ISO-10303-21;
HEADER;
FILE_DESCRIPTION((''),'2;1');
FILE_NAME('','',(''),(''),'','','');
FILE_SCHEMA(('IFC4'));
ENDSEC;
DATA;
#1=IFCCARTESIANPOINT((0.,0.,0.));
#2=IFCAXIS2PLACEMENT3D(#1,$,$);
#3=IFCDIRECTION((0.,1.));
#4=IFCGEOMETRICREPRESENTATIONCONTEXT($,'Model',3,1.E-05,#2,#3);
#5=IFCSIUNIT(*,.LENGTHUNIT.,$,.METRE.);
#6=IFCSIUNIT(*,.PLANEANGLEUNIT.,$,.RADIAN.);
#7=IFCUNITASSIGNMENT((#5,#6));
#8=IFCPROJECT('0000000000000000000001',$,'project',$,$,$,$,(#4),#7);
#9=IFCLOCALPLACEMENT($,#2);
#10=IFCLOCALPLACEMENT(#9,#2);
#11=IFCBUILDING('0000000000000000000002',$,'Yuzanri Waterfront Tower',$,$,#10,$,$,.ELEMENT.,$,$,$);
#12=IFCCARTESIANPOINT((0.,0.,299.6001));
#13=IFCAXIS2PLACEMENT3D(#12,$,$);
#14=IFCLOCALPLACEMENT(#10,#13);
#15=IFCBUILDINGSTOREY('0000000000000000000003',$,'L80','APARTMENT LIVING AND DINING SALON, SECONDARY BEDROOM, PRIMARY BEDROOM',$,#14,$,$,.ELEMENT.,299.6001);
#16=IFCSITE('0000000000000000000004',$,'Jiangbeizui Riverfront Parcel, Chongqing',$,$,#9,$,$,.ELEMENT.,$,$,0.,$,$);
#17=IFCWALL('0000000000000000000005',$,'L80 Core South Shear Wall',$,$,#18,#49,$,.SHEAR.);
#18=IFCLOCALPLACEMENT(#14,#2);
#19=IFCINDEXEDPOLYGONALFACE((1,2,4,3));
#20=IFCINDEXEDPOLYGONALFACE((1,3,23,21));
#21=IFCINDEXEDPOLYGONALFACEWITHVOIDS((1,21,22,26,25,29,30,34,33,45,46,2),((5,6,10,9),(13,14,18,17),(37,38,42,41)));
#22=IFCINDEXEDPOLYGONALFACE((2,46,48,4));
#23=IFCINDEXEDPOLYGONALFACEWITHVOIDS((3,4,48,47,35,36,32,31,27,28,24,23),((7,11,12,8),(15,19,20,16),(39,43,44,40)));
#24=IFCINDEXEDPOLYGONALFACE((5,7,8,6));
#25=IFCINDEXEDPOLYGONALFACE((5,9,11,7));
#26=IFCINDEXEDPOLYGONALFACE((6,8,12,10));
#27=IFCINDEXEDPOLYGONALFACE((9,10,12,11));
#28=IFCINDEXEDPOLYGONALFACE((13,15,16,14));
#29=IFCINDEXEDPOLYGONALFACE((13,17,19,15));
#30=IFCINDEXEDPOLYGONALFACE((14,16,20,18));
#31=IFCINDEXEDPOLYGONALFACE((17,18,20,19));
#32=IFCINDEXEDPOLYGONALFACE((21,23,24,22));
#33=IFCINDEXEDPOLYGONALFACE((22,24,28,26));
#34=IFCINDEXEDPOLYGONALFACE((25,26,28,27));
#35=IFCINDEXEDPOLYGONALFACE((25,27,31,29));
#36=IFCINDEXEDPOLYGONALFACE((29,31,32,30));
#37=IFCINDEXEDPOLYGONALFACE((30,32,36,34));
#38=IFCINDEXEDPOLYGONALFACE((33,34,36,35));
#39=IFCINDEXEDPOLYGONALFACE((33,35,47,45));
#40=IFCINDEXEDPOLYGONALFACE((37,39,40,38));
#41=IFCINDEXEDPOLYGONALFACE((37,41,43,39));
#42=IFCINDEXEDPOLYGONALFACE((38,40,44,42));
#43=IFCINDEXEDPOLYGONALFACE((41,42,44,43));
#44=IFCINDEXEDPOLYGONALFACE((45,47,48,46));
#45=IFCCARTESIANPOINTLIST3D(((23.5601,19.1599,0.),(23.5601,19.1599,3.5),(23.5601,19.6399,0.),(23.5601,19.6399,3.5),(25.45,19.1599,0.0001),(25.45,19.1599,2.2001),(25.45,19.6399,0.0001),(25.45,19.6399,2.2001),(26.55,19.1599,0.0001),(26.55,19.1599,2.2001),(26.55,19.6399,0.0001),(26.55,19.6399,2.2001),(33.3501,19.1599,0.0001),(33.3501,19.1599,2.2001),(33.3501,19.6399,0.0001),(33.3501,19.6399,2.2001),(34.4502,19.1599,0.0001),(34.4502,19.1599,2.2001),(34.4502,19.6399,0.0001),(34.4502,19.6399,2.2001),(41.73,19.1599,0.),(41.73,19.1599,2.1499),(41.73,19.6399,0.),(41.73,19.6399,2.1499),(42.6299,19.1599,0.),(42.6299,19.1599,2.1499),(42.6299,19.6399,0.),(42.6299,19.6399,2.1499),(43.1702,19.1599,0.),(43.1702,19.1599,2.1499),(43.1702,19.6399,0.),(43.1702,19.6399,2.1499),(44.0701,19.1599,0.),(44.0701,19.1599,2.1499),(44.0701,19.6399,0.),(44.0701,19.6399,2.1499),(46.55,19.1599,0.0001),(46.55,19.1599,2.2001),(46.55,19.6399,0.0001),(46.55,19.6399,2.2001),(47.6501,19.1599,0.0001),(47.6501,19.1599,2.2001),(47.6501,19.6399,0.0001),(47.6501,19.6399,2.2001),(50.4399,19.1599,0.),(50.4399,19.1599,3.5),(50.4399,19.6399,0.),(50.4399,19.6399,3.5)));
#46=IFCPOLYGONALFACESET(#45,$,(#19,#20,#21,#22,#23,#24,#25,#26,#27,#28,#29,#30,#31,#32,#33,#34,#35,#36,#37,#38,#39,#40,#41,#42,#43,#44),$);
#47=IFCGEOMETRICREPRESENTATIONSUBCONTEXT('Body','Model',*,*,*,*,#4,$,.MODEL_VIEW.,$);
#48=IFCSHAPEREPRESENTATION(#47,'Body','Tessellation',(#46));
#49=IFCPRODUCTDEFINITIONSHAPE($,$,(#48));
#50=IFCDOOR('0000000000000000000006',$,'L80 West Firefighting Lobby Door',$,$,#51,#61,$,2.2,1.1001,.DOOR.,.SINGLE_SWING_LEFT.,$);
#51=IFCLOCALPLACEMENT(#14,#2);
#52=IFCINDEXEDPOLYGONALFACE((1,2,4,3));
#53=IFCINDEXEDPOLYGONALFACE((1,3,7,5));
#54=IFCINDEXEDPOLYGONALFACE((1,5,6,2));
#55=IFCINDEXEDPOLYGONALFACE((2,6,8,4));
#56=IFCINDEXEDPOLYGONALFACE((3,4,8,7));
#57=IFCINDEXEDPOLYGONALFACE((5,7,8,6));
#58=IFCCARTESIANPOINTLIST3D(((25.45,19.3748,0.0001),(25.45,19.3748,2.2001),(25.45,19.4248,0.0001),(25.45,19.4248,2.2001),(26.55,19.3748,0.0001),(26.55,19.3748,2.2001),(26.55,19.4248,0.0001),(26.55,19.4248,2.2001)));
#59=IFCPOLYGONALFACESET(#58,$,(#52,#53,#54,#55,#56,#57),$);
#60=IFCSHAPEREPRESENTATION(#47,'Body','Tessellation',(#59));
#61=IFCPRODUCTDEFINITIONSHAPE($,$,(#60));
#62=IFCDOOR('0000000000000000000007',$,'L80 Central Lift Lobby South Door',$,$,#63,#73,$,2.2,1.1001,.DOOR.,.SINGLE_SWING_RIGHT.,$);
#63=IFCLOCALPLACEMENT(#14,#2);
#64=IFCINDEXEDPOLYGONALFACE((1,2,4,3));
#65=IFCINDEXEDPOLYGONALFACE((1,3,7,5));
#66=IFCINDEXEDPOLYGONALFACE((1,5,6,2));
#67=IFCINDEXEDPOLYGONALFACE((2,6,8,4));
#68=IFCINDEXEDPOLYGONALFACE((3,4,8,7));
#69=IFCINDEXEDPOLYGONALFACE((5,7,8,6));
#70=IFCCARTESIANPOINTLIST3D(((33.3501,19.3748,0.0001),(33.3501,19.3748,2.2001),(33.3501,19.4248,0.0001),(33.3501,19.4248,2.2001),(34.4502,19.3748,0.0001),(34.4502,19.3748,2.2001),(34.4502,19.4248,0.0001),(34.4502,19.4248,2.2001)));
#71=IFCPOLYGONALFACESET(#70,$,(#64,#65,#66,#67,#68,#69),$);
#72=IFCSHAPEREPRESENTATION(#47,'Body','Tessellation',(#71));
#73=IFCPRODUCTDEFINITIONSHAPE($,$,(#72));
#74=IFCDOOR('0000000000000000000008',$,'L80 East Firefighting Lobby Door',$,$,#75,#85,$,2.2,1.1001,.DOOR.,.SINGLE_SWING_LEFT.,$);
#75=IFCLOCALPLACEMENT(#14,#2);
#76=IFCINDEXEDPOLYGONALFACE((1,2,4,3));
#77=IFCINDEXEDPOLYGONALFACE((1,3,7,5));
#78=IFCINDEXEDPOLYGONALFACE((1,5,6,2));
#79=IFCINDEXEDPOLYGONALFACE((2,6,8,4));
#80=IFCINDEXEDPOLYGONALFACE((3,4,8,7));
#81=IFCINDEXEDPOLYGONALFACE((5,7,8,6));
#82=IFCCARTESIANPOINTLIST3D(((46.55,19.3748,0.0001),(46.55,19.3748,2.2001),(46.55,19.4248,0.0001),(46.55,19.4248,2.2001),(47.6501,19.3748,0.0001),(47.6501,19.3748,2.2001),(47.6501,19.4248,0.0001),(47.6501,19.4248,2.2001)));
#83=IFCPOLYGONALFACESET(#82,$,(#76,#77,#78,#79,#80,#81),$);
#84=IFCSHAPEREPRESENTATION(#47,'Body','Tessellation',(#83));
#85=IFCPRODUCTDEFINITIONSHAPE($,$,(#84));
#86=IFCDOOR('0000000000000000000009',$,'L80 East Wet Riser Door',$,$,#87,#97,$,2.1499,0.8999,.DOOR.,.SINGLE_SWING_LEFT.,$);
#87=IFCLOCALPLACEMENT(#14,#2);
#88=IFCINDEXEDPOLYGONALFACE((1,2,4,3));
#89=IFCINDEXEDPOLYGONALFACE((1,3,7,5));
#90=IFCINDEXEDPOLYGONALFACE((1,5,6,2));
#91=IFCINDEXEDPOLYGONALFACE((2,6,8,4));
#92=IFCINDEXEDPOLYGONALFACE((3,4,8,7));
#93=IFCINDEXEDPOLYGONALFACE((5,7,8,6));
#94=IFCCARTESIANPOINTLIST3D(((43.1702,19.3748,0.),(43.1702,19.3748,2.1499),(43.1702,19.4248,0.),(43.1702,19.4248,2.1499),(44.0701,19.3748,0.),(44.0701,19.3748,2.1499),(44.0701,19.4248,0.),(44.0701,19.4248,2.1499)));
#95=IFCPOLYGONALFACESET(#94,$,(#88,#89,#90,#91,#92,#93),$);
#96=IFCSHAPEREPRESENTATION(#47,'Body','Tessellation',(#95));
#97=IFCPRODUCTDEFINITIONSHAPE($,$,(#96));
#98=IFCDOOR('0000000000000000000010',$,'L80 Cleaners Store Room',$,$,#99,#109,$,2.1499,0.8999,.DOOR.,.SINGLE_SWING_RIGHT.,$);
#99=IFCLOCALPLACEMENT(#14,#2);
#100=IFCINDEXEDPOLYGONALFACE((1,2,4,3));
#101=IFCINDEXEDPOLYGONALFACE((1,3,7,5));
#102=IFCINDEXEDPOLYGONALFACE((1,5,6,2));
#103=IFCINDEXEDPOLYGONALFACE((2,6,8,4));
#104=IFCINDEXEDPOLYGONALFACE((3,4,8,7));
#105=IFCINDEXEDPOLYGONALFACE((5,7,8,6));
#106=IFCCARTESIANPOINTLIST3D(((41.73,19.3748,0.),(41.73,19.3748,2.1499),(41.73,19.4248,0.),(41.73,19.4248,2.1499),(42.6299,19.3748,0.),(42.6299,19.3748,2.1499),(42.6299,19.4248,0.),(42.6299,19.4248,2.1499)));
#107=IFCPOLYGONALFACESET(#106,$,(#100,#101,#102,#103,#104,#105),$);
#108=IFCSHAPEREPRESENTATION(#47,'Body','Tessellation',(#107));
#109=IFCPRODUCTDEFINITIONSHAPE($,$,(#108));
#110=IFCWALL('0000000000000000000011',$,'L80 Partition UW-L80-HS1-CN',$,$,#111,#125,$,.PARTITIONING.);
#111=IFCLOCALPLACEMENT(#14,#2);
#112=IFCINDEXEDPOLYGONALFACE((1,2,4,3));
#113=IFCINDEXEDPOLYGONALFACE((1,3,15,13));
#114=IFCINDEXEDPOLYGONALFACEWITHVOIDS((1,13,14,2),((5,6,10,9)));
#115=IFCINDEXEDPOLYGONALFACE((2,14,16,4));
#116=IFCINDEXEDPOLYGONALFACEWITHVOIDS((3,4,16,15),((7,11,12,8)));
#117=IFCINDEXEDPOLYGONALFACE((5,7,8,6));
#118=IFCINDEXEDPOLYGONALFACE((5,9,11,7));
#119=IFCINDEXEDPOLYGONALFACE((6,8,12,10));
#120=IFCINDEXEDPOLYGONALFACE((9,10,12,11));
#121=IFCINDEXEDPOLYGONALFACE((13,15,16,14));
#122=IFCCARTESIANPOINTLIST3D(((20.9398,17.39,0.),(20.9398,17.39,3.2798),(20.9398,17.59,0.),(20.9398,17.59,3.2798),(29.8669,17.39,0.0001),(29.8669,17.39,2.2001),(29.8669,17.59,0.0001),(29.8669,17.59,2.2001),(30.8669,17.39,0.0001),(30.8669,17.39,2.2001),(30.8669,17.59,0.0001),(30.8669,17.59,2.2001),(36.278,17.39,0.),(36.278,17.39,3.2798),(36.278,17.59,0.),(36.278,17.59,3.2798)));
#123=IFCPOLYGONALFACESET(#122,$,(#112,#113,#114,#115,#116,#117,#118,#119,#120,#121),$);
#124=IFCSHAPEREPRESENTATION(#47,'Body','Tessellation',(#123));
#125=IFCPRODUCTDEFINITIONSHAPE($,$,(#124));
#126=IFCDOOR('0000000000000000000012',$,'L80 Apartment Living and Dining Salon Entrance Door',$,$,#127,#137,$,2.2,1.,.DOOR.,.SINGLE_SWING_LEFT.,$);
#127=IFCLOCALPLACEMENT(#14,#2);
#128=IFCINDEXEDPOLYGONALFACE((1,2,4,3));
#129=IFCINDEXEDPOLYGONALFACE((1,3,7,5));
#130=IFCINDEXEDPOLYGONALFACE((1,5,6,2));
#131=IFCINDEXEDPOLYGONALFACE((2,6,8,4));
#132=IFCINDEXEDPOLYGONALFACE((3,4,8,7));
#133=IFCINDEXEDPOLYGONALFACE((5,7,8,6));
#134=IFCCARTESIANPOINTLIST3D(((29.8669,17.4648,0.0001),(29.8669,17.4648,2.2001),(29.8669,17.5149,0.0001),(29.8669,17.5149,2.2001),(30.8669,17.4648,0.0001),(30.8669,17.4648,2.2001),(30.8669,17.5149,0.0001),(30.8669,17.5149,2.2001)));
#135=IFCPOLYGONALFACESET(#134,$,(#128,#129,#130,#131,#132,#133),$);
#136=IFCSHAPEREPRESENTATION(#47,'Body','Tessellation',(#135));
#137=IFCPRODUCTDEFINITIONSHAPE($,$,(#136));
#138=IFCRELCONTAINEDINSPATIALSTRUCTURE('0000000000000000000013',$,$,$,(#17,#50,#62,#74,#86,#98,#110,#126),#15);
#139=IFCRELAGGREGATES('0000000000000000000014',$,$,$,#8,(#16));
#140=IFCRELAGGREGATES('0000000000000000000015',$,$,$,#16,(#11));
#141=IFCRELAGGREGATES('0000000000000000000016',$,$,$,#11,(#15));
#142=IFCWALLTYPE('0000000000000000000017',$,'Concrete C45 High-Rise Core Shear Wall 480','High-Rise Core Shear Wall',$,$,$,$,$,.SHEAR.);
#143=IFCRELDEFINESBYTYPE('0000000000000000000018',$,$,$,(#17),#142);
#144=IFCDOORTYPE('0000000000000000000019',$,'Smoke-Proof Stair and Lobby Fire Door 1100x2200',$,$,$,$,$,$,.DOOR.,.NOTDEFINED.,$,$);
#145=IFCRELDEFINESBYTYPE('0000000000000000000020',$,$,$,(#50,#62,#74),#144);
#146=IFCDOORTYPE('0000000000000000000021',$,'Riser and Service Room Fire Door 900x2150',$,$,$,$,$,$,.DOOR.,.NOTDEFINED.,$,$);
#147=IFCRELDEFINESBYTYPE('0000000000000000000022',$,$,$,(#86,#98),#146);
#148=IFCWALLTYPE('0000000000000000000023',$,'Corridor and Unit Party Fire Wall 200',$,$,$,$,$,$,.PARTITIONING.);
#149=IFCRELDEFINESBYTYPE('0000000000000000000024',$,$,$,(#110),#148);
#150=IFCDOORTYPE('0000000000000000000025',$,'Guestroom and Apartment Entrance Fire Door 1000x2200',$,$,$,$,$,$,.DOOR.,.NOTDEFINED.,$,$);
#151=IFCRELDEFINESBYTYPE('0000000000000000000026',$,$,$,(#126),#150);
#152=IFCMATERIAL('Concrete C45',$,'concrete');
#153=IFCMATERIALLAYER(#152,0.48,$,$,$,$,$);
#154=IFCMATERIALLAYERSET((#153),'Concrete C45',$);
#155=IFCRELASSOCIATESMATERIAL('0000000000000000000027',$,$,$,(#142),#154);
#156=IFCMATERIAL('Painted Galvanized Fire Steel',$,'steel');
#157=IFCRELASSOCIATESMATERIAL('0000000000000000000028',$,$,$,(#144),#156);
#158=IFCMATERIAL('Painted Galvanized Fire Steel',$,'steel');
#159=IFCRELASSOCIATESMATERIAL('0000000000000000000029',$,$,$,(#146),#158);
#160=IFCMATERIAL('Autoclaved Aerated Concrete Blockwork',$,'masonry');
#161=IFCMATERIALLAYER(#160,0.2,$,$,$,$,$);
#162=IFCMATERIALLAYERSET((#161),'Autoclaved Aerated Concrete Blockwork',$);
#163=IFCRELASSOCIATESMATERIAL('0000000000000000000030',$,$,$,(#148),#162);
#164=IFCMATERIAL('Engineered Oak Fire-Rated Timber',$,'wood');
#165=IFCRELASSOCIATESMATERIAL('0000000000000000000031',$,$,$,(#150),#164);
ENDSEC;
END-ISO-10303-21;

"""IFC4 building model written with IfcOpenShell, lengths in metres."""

from ifc_helpers import new_model, si_unit, direction, frame, frame_2d, origin, place, context, subcontext, project, spatial, rectangle, extrude, source, transform, mapped, material, layer, layer_set, type_object, element, fill, save


model = new_model("IFC4")

# Units and contexts
model_context = context("Model", 3, precision=1e-05, world=origin(), true_north=direction((0.0, 1.0)))
body_context = subcontext(model_context, "Body", "Model", "MODEL_VIEW")
ifc_project = project(units=[si_unit("LENGTHUNIT", "METRE"), si_unit("PLANEANGLEUNIT", "RADIAN")], contexts=[model_context])

# Site, building, storey
site_placement = place(None, origin())
site = spatial("IfcSite", under=ifc_project, at=site_placement, Name="Jiangbeizui Riverfront Parcel, Chongqing", CompositionType="ELEMENT", RefElevation=0.0)
building_placement = place(site_placement, origin())
building = spatial("IfcBuilding", under=site, at=building_placement, Name="Yuzanri Waterfront Tower", CompositionType="ELEMENT")
storey_placement = place(building_placement, frame((0.0, 0.0, 299.6001)))
storey = spatial("IfcBuildingStorey", under=building, at=storey_placement, Name="L80", Description="APARTMENT LIVING AND DINING SALON, SECONDARY BEDROOM, PRIMARY BEDROOM", CompositionType="ELEMENT", Elevation=299.6001)

# Wall, openings, doors
ifc_material_1 = material(Name="Concrete C45", Category="concrete")
ifc_layer_1 = layer(ifc_material_1, 0.48)
ifc_layer_set_1 = layer_set([ifc_layer_1], Name="Concrete C45")
wall_type_1 = type_object("IfcWallType", Name="Concrete C45 High-Rise Core Shear Wall 480", Description="High-Rise Core Shear Wall", PredefinedType="SHEAR", material=ifc_layer_set_1)
wall_1_placement = place(storey_placement, frame((23.5601, 19.3999, 0.0), z_axis=(0.0, 0.0, 1.0), x_axis=(1.0, 0.0, 0.0)))
wall_1 = element("IfcWall", 1, at=wall_1_placement, inside=storey, type_object=wall_type_1, Name="L80 Core South Shear Wall", PredefinedType="SHEAR", context=body_context, shape_type="SweptSolid", body=[
    extrude(rectangle(XDim=26.8799, YDim=0.48, at=frame_2d((13.4399, 0.0))), origin(), (0.0, 0.0, 1.0), 3.5),
])
opening_1_placement = place(wall_1_placement, frame((1.8899, 0.0, 0.0)))
opening_1 = element("IfcOpeningElement", 2, at=opening_1_placement, cuts=wall_1, PredefinedType="OPENING", context=body_context, shape_type="SweptSolid", body=[
    extrude(rectangle(XDim=1.1001, YDim=2.2, at=frame_2d((0.55, 1.1001))), frame((0.0, 0.2549, 0.0), z_axis=(0.0, -1.0, 0.0), x_axis=(1.0, 0.0, 0.0)), (0.0, 0.0, 1.0), 0.5098),
])
opening_2_placement = place(wall_1_placement, frame((9.79, 0.0, 0.0)))
opening_2 = element("IfcOpeningElement", 3, at=opening_2_placement, cuts=wall_1, PredefinedType="OPENING", context=body_context, shape_type="SweptSolid", body=[
    extrude(rectangle(XDim=1.1001, YDim=2.2, at=frame_2d((0.55, 1.1001))), frame((0.0, 0.2549, 0.0), z_axis=(0.0, -1.0, 0.0), x_axis=(1.0, 0.0, 0.0)), (0.0, 0.0, 1.0), 0.5098),
])
opening_3_placement = place(wall_1_placement, frame((22.99, 0.0, 0.0)))
opening_3 = element("IfcOpeningElement", 4, at=opening_3_placement, cuts=wall_1, PredefinedType="OPENING", context=body_context, shape_type="SweptSolid", body=[
    extrude(rectangle(XDim=1.1001, YDim=2.2, at=frame_2d((0.55, 1.1001))), frame((0.0, 0.2549, 0.0), z_axis=(0.0, -1.0, 0.0), x_axis=(1.0, 0.0, 0.0)), (0.0, 0.0, 1.0), 0.5098),
])
opening_4_placement = place(wall_1_placement, frame((19.6101, 0.0, 0.0)))
opening_4 = element("IfcOpeningElement", 5, at=opening_4_placement, cuts=wall_1, PredefinedType="OPENING", context=body_context, shape_type="SweptSolid", body=[
    extrude(rectangle(XDim=0.8999, YDim=2.1499, at=frame_2d((0.45, 1.075))), frame((0.0, 0.2549, 0.0), z_axis=(0.0, -1.0, 0.0), x_axis=(1.0, 0.0, 0.0)), (0.0, 0.0, 1.0), 0.5098),
])
opening_5_placement = place(wall_1_placement, frame((18.1699, 0.0, 0.0)))
opening_5 = element("IfcOpeningElement", 6, at=opening_5_placement, cuts=wall_1, PredefinedType="OPENING", context=body_context, shape_type="SweptSolid", body=[
    extrude(rectangle(XDim=0.8999, YDim=2.1499, at=frame_2d((0.45, 1.075))), frame((0.0, 0.2549, 0.0), z_axis=(0.0, -1.0, 0.0), x_axis=(1.0, 0.0, 0.0)), (0.0, 0.0, 1.0), 0.5098),
])
ifc_material_2 = material(Name="Painted Galvanized Fire Steel", Category="steel")
door_type_1 = type_object("IfcDoorType", Name="Smoke-Proof Stair and Lobby Fire Door 1100x2200", OperationType="NOTDEFINED", PredefinedType="DOOR", material=ifc_material_2)
shared_shape_1 = source(origin(), body_context, "Body", "SweptSolid", [
    extrude(rectangle(XDim=1.1001, YDim=2.2, at=frame_2d((0.55, 1.1001))), frame((0.0, 0.0249, 0.0), z_axis=(0.0, -1.0, 0.0), x_axis=(1.0, 0.0, 0.0)), (0.0, 0.0, 1.0), 0.05),
])
door_1_placement = place(opening_1_placement, origin())
door_1 = element("IfcDoor", 7, at=door_1_placement, inside=storey, type_object=door_type_1, Name="L80 West Firefighting Lobby Door", OperationType="SINGLE_SWING_LEFT", OverallHeight=2.2, OverallWidth=1.1001, PredefinedType="DOOR", context=body_context, shape_type="MappedRepresentation", body=[
    mapped(shared_shape_1, transform((0.0, 0.0, 0.0), scale=1.0)),
])
fill(opening_1, door_1)
door_2_placement = place(opening_2_placement, origin())
door_2 = element("IfcDoor", 8, at=door_2_placement, inside=storey, type_object=door_type_1, Name="L80 Central Lift Lobby South Door", OperationType="SINGLE_SWING_RIGHT", OverallHeight=2.2, OverallWidth=1.1001, PredefinedType="DOOR", context=body_context, shape_type="MappedRepresentation", body=[
    mapped(shared_shape_1, transform((0.0, 0.0, 0.0), scale=1.0)),
])
fill(opening_2, door_2)
door_3_placement = place(opening_3_placement, origin())
door_3 = element("IfcDoor", 9, at=door_3_placement, inside=storey, type_object=door_type_1, Name="L80 East Firefighting Lobby Door", OperationType="SINGLE_SWING_LEFT", OverallHeight=2.2, OverallWidth=1.1001, PredefinedType="DOOR", context=body_context, shape_type="MappedRepresentation", body=[
    mapped(shared_shape_1, transform((0.0, 0.0, 0.0), scale=1.0)),
])
fill(opening_3, door_3)
ifc_material_3 = material(Name="Painted Galvanized Fire Steel", Category="steel")
door_type_2 = type_object("IfcDoorType", Name="Riser and Service Room Fire Door 900x2150", OperationType="NOTDEFINED", PredefinedType="DOOR", material=ifc_material_3)
shared_shape_2 = source(origin(), body_context, "Body", "SweptSolid", [
    extrude(rectangle(XDim=0.8999, YDim=2.1499, at=frame_2d((0.45, 1.075))), frame((0.0, 0.0249, 0.0), z_axis=(0.0, -1.0, 0.0), x_axis=(1.0, 0.0, 0.0)), (0.0, 0.0, 1.0), 0.05),
])
door_4_placement = place(opening_4_placement, origin())
door_4 = element("IfcDoor", 10, at=door_4_placement, inside=storey, type_object=door_type_2, Name="L80 East Wet Riser Door", OperationType="SINGLE_SWING_LEFT", OverallHeight=2.1499, OverallWidth=0.8999, PredefinedType="DOOR", context=body_context, shape_type="MappedRepresentation", body=[
    mapped(shared_shape_2, transform((0.0, 0.0, 0.0), scale=1.0)),
])
fill(opening_4, door_4)
door_5_placement = place(opening_5_placement, origin())
door_5 = element("IfcDoor", 11, at=door_5_placement, inside=storey, type_object=door_type_2, Name="L80 Cleaners Store Room", OperationType="SINGLE_SWING_RIGHT", OverallHeight=2.1499, OverallWidth=0.8999, PredefinedType="DOOR", context=body_context, shape_type="MappedRepresentation", body=[
    mapped(shared_shape_2, transform((0.0, 0.0, 0.0), scale=1.0)),
])
fill(opening_5, door_5)

# Wall, opening, door
ifc_material_4 = material(Name="Autoclaved Aerated Concrete Blockwork", Category="masonry")
ifc_layer_2 = layer(ifc_material_4, 0.2)
ifc_layer_set_2 = layer_set([ifc_layer_2], Name="Autoclaved Aerated Concrete Blockwork")
wall_type_2 = type_object("IfcWallType", Name="Corridor and Unit Party Fire Wall 200", PredefinedType="PARTITIONING", material=ifc_layer_set_2)
wall_2_placement = place(storey_placement, frame((20.9399, 17.49, 0.0), z_axis=(0.0, 0.0, 1.0), x_axis=(1.0, 0.0, 0.0)))
wall_2 = element("IfcWall", 12, at=wall_2_placement, inside=storey, type_object=wall_type_2, Name="L80 Partition UW-L80-HS1-CN", PredefinedType="PARTITIONING", context=body_context, shape_type="SweptSolid", body=[
    extrude(rectangle(XDim=15.3381, YDim=0.2, at=frame_2d((7.6689, 0.0))), origin(), (0.0, 0.0, 1.0), 3.2798),
])
opening_6_placement = place(wall_2_placement, frame((8.927, 0.0, 0.0)))
opening_6 = element("IfcOpeningElement", 13, at=opening_6_placement, cuts=wall_2, PredefinedType="OPENING", context=body_context, shape_type="SweptSolid", body=[
    extrude(rectangle(XDim=1.0, YDim=2.2, at=frame_2d((0.5, 1.1001))), frame((0.0, 0.1147, 0.0), z_axis=(0.0, -1.0, 0.0), x_axis=(1.0, 0.0, 0.0)), (0.0, 0.0, 1.0), 0.2297),
])
ifc_material_5 = material(Name="Engineered Oak Fire-Rated Timber", Category="wood")
door_type_3 = type_object("IfcDoorType", Name="Guestroom and Apartment Entrance Fire Door 1000x2200", OperationType="NOTDEFINED", PredefinedType="DOOR", material=ifc_material_5)
shared_shape_3 = source(origin(), body_context, "Body", "SweptSolid", [
    extrude(rectangle(XDim=1.0, YDim=2.2, at=frame_2d((0.5, 1.1001))), frame((0.0, 0.0249, 0.0), z_axis=(0.0, -1.0, 0.0), x_axis=(1.0, 0.0, 0.0)), (0.0, 0.0, 1.0), 0.05),
])
door_6_placement = place(opening_6_placement, origin())
door_6 = element("IfcDoor", 14, at=door_6_placement, inside=storey, type_object=door_type_3, Name="L80 Apartment Living and Dining Salon Entrance Door", OperationType="SINGLE_SWING_LEFT", OverallHeight=2.2, OverallWidth=1.0, PredefinedType="DOOR", context=body_context, shape_type="MappedRepresentation", body=[
    mapped(shared_shape_3, transform((0.0, 0.0, 0.0), scale=1.0)),
])
fill(opening_6, door_6)

save(model, "model.ifc")
